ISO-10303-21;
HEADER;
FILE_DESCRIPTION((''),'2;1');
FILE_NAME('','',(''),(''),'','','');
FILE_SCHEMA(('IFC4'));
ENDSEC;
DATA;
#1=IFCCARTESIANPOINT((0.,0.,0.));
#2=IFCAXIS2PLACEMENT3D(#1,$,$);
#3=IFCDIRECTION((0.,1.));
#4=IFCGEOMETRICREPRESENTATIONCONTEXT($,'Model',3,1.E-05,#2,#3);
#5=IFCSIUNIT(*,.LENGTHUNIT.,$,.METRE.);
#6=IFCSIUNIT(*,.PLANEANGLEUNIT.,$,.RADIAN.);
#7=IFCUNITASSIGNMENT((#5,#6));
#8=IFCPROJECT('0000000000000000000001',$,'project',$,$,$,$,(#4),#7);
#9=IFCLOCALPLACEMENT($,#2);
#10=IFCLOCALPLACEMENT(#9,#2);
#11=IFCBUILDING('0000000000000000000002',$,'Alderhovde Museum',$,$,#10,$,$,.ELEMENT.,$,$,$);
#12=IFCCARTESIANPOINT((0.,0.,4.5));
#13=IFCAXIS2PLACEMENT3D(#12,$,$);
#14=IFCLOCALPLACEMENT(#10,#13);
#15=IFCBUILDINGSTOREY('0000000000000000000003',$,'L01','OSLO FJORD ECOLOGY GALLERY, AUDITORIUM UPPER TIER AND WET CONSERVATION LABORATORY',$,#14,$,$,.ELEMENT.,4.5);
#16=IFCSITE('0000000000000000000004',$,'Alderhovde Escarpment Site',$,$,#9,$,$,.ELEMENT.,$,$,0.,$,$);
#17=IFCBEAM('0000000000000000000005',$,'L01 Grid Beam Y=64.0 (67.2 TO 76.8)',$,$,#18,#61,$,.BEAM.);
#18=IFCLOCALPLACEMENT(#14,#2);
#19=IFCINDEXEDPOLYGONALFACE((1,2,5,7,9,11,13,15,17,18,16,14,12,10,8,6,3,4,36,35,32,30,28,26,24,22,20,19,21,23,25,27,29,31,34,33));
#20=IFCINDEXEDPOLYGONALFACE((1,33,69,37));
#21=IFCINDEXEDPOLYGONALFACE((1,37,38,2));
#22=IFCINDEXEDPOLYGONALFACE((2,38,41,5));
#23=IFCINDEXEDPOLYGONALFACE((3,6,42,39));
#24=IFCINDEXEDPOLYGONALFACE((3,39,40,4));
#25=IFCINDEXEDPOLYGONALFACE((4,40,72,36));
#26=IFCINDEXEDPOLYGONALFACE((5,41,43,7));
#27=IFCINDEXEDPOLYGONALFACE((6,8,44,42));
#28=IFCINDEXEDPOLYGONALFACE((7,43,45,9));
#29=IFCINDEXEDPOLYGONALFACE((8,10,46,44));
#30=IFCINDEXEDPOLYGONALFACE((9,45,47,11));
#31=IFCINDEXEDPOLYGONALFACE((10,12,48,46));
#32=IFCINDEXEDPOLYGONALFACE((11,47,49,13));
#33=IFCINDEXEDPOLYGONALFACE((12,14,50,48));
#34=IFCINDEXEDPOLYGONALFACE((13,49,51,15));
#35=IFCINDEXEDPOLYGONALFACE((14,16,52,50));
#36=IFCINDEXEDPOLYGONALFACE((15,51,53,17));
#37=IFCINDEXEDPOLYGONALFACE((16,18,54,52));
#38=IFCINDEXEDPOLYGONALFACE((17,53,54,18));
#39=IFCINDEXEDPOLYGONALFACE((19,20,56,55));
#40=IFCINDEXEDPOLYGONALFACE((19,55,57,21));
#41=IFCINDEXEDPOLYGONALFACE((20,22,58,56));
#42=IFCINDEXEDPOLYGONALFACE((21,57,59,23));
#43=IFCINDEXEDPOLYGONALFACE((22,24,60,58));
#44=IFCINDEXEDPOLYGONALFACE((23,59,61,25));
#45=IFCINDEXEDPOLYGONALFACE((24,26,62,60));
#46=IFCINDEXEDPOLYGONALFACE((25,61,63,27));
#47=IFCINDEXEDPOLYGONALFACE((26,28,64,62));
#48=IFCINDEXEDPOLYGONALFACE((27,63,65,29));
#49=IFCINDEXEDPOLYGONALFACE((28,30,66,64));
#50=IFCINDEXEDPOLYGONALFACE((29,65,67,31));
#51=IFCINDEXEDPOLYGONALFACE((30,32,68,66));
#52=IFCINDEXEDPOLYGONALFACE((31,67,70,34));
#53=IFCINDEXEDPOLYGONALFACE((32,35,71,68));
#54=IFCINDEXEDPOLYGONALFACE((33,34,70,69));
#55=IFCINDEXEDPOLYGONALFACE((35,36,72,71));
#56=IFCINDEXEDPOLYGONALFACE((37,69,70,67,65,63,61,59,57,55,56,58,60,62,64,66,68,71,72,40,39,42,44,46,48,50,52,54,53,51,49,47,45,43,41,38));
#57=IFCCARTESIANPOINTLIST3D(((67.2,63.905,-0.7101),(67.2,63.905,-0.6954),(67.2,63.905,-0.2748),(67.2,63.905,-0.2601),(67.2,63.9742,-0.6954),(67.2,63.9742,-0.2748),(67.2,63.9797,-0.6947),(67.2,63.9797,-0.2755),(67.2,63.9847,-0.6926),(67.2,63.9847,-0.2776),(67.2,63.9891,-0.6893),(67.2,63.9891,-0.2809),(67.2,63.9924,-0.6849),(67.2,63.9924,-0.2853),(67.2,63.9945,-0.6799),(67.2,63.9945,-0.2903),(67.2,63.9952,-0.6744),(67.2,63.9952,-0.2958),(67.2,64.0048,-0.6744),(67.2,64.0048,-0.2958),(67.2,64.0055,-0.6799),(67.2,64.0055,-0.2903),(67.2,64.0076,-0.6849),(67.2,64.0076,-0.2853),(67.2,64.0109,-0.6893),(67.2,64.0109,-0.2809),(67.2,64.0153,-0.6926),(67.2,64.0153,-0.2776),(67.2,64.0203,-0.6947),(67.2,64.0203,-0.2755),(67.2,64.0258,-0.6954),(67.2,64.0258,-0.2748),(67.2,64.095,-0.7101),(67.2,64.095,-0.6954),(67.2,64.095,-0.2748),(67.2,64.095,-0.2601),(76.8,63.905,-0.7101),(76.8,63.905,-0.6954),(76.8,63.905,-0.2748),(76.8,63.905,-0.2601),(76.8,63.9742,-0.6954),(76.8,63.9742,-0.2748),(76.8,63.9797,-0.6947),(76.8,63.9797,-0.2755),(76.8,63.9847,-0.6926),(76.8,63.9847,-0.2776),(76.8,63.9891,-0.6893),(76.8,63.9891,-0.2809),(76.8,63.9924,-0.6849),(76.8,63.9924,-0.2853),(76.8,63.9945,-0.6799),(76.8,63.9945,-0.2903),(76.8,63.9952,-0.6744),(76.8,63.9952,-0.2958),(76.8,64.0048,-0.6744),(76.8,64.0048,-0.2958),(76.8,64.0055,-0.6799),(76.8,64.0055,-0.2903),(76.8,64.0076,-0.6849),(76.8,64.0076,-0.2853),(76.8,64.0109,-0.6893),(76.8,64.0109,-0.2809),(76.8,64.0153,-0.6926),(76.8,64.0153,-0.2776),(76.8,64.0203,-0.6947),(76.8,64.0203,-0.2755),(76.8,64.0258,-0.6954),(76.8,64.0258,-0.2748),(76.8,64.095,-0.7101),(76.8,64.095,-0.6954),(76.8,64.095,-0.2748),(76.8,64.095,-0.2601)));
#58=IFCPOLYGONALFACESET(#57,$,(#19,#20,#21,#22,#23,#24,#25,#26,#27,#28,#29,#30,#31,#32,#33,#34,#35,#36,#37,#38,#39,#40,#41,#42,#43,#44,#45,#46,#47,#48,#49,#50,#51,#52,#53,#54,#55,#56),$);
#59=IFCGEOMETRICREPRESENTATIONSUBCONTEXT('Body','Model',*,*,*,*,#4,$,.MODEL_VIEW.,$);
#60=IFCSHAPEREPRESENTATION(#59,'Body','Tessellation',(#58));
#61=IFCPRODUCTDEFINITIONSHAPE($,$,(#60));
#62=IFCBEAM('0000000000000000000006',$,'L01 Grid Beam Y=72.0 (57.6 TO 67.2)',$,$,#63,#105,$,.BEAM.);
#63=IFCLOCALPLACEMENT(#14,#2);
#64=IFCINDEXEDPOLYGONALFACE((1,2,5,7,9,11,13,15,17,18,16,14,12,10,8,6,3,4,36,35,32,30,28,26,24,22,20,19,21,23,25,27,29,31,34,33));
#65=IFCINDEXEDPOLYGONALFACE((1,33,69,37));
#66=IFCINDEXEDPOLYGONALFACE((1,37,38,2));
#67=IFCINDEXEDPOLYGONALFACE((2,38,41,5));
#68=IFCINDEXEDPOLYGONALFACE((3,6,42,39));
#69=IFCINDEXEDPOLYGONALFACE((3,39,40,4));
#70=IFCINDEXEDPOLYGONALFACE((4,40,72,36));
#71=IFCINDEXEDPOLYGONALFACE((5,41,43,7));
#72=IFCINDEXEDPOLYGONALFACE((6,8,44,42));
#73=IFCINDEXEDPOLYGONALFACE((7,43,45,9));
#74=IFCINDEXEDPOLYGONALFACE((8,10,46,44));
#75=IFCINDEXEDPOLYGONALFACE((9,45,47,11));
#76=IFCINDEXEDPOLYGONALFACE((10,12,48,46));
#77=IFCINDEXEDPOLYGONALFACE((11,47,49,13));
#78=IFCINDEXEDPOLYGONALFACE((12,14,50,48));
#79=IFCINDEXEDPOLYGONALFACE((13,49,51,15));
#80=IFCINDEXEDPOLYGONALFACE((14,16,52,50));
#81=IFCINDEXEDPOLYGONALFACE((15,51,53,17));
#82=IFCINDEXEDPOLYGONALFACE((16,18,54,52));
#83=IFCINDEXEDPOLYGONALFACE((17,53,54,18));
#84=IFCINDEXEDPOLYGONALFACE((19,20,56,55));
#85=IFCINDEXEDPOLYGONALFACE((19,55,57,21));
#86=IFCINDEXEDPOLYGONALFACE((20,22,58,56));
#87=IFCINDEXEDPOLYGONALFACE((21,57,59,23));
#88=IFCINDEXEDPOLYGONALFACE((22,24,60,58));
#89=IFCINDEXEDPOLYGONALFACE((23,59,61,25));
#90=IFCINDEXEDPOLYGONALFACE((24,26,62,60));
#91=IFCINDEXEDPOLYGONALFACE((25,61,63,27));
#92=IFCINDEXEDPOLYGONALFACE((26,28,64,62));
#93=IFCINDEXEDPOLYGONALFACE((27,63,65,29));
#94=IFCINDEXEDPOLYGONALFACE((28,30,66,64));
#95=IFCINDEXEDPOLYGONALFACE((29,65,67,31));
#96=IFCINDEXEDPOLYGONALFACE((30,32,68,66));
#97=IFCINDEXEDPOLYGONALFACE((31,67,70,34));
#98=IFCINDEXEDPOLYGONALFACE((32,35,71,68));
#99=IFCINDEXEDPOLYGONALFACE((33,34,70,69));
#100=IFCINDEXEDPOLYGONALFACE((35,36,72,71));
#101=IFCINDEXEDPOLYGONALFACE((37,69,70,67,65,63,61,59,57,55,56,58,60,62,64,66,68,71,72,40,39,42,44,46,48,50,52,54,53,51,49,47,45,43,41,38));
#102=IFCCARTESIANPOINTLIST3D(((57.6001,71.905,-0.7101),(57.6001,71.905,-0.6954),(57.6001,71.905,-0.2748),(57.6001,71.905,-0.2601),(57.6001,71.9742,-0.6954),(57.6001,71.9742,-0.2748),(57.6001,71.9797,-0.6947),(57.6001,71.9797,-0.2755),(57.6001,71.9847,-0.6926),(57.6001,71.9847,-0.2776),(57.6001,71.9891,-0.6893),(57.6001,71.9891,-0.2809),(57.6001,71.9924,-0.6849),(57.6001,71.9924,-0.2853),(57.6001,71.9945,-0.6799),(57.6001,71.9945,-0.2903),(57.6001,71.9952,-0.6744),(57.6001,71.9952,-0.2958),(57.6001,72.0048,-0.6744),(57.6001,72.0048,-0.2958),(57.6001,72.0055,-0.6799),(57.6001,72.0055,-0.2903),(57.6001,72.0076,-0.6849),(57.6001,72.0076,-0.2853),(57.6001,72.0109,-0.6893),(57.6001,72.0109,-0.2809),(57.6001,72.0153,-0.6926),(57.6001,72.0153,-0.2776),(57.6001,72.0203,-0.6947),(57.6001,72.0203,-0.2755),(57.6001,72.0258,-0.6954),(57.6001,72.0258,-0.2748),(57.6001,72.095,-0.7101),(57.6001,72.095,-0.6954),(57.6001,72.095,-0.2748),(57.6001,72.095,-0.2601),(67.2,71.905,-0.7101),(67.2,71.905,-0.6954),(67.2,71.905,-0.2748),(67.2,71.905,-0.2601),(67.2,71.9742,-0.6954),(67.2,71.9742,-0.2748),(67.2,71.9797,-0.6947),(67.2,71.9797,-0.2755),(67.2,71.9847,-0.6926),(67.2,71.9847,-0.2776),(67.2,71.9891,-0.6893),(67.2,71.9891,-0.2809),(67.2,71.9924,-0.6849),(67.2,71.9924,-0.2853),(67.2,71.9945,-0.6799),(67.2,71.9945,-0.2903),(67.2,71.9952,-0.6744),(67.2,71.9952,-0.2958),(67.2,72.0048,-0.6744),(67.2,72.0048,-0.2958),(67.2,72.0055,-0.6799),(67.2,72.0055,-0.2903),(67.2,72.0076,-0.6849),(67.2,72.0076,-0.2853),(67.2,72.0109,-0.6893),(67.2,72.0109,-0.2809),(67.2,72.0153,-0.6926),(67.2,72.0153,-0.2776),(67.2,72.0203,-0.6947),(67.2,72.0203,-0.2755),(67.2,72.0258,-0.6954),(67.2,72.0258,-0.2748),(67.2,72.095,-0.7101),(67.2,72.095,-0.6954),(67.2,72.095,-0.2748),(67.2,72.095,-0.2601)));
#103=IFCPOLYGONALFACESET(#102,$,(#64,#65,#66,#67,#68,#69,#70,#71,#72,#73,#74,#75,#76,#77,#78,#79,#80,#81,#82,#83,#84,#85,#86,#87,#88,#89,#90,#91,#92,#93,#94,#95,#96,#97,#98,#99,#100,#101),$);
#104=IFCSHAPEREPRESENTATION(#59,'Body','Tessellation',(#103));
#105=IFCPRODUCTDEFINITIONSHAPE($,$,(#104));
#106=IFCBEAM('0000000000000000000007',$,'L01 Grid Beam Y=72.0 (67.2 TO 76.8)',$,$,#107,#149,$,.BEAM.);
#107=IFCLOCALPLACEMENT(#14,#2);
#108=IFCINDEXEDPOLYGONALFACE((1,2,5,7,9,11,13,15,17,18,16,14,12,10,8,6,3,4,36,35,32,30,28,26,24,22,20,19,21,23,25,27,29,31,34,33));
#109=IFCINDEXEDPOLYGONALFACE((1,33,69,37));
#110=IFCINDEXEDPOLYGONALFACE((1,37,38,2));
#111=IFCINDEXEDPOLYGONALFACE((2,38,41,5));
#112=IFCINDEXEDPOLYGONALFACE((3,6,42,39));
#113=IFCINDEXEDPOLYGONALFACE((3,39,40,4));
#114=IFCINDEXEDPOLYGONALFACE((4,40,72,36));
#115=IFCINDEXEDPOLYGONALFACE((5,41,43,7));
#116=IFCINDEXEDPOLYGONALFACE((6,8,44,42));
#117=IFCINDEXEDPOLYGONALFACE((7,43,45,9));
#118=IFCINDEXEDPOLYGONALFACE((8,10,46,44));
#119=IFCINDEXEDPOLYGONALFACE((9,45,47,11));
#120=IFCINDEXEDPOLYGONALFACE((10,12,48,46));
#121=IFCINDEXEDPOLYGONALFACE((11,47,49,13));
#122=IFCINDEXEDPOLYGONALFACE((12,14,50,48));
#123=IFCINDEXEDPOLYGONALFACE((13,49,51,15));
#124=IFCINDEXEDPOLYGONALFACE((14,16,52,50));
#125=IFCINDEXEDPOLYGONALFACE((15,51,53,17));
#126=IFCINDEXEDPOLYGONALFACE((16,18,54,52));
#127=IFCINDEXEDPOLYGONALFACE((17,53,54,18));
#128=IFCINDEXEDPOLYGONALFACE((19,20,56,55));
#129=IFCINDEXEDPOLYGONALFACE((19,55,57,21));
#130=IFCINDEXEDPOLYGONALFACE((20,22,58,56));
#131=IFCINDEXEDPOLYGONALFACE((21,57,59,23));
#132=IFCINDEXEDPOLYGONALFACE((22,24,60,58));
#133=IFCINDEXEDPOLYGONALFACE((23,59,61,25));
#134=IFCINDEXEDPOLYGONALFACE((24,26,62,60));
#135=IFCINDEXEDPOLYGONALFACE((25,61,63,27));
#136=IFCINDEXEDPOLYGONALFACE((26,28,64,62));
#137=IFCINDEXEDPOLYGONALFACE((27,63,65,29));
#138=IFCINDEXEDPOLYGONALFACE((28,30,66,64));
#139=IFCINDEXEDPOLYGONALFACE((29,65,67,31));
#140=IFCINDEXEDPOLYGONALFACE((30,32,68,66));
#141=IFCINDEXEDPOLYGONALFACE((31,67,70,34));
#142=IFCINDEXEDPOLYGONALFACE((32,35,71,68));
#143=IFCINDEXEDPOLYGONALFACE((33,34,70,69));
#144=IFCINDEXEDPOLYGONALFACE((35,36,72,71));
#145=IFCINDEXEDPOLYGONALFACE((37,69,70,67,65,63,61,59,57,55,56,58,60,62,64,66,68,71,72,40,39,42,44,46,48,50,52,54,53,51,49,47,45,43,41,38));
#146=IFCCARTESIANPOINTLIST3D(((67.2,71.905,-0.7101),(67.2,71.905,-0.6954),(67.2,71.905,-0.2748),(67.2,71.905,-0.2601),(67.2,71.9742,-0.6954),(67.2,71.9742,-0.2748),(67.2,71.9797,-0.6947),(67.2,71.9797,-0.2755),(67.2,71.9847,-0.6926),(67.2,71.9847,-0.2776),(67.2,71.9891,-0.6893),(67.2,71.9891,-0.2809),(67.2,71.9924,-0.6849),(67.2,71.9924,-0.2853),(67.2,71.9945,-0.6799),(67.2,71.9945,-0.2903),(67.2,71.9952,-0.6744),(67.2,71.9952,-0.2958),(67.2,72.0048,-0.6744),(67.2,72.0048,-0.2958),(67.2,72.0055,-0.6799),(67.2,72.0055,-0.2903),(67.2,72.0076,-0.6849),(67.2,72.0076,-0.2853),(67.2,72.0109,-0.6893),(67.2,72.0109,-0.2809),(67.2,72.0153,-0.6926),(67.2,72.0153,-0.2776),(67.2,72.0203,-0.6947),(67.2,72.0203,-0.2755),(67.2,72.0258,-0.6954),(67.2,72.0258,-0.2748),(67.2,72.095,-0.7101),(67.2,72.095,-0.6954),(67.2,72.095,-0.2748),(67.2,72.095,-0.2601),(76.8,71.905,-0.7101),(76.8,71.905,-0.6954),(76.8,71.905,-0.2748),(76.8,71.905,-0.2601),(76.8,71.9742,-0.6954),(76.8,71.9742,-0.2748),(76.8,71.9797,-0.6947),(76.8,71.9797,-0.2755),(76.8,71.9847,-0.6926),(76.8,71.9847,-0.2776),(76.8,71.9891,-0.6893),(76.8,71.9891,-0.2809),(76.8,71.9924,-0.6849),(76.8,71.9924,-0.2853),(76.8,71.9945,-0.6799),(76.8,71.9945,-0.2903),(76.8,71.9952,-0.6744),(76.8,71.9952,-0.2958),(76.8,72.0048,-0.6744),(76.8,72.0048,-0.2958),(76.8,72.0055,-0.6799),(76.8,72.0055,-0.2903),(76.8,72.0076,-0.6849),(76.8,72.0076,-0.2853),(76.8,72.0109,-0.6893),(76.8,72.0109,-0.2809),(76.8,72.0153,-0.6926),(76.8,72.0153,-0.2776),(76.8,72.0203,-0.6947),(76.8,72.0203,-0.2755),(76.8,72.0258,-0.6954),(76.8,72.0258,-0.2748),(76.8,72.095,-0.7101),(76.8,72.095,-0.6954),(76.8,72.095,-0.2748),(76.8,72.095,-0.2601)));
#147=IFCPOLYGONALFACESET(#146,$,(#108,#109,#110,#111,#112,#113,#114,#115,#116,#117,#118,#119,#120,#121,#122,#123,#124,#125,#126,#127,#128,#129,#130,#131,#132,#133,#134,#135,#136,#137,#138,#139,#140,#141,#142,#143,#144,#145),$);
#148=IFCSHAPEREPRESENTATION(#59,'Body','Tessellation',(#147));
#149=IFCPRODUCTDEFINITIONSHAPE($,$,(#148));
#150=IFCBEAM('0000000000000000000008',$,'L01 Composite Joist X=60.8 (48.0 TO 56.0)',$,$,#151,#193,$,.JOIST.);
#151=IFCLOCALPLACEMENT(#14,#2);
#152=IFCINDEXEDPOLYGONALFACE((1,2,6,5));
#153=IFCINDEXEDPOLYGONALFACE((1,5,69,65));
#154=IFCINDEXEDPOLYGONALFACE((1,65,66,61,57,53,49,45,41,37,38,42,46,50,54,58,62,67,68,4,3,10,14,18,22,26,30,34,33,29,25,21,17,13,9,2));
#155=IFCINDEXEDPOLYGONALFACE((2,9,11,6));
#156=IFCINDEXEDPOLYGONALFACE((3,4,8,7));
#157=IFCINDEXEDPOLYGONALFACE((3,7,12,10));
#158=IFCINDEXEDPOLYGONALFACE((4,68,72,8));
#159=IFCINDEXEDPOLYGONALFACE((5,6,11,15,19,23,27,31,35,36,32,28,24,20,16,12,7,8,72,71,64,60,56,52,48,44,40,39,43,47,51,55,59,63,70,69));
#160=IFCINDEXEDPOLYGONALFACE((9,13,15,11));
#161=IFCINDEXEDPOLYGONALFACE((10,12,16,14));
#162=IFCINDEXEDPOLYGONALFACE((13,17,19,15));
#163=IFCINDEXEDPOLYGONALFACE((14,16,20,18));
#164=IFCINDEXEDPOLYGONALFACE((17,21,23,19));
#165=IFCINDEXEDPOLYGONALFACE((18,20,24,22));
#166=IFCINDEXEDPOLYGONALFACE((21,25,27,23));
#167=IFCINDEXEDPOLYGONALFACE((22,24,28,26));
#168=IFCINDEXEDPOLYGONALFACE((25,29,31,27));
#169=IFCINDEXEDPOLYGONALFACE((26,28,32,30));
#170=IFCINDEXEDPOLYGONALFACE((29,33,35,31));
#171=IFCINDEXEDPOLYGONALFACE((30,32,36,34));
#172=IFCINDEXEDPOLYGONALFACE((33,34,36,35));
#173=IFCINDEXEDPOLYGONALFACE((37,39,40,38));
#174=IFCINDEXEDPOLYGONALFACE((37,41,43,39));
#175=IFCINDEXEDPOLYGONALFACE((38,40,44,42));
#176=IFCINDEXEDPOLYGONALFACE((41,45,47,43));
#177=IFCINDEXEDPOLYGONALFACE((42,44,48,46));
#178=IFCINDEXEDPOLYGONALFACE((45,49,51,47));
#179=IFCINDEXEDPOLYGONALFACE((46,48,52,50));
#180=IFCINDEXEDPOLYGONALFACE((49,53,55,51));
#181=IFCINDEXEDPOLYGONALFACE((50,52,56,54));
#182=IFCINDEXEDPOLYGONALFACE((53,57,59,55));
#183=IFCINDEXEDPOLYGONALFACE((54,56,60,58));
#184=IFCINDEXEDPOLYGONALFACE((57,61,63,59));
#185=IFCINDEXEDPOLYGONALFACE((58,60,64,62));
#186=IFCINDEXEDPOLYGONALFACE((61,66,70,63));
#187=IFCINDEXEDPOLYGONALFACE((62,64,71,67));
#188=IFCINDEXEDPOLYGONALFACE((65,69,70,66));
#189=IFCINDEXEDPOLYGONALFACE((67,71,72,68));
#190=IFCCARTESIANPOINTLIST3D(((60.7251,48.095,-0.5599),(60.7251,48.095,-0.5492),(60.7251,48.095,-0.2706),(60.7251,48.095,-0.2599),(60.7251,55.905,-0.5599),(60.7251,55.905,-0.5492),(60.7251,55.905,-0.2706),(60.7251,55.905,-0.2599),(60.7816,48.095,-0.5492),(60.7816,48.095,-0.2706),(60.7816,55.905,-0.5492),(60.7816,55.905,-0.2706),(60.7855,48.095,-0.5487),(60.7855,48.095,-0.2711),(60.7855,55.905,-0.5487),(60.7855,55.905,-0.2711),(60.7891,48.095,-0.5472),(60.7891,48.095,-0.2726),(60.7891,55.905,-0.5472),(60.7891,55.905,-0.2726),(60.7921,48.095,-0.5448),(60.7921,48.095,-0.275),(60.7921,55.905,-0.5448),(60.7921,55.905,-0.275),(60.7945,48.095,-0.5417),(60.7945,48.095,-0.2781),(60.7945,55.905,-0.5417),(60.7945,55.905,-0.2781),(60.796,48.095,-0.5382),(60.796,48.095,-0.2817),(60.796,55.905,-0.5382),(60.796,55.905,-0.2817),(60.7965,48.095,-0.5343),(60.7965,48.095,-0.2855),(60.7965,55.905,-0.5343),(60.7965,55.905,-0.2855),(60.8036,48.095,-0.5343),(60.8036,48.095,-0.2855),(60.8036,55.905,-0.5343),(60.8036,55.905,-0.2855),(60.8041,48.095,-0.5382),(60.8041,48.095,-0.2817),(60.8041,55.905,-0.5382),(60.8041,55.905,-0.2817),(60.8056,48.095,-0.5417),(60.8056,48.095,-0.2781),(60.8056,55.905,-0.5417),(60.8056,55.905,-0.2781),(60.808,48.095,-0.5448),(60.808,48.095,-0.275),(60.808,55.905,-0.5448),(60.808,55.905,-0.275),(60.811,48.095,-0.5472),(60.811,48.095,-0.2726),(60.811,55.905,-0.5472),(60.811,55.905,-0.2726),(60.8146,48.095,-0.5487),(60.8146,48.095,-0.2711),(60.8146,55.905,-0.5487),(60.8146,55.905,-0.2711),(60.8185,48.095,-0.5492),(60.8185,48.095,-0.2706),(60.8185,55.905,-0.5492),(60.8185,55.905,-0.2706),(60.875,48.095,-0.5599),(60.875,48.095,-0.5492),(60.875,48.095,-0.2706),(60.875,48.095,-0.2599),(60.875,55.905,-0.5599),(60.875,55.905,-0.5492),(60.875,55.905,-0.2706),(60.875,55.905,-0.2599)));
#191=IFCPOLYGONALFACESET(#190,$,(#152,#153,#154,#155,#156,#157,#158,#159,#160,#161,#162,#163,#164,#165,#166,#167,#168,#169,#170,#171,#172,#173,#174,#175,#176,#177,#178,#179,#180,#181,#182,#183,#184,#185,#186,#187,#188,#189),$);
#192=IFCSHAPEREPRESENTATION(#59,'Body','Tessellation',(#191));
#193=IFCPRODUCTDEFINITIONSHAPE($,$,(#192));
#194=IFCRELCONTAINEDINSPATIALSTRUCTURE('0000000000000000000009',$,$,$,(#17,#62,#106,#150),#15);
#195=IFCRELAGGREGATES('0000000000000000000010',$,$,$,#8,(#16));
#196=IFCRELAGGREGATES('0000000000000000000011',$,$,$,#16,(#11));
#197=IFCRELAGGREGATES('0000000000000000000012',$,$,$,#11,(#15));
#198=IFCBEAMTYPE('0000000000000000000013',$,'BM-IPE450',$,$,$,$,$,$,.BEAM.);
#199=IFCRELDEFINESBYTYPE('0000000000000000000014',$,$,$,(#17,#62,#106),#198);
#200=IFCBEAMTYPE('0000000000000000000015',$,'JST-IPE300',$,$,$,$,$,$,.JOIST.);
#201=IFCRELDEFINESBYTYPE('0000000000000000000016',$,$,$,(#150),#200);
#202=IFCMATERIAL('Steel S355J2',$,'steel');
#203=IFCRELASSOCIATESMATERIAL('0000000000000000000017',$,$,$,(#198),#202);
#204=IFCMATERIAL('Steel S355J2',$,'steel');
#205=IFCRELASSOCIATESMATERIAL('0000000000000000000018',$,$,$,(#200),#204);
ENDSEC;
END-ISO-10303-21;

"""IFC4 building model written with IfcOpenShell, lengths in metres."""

from ifc_helpers import new_model, si_unit, direction, frame, origin, origin_2d, place, context, subcontext, project, spatial, i_section, extrude, material, material_profile, profile_set, type_object, element, save


model = new_model("IFC4")

# Units and contexts
model_context = context("Model", 3, precision=1e-05, world=origin(), true_north=direction((0.0, 1.0)))
body_context = subcontext(model_context, "Body", "Model", "MODEL_VIEW")
ifc_project = project(units=[si_unit("LENGTHUNIT", "METRE"), si_unit("PLANEANGLEUNIT", "RADIAN")], contexts=[model_context])

# Site, building, storey
site_placement = place(None, origin())
site = spatial("IfcSite", under=ifc_project, at=site_placement, Name="Alderhovde Escarpment Site", CompositionType="ELEMENT", RefElevation=0.0)
building_placement = place(site_placement, origin())
building = spatial("IfcBuilding", under=site, at=building_placement, Name="Alderhovde Museum", CompositionType="ELEMENT")
storey_placement = place(building_placement, frame((0.0, 0.0, 4.5)))
storey = spatial("IfcBuildingStorey", under=building, at=storey_placement, Name="L01", Description="OSLO FJORD ECOLOGY GALLERY, AUDITORIUM UPPER TIER AND WET CONSERVATION LABORATORY", CompositionType="ELEMENT", Elevation=4.5)

# Beams
ifc_material_1 = material(Name="Steel S355J2", Category="steel")
ifc_material_profile_1 = material_profile(ifc_material_1, i_section(OverallWidth=0.1899, OverallDepth=0.45, WebThickness=0.0095, FlangeThickness=0.0146, FilletRadius=0.021, at=origin_2d()), Name="IPE 450")
ifc_profile_set_1 = profile_set([ifc_material_profile_1], Name="Steel S355J2")
beam_type_1 = type_object("IfcBeamType", Name="BM-IPE450", PredefinedType="BEAM", material=ifc_profile_set_1)
for number, where, z_axis, x_axis, name in (
    (1, (67.2, 64.0, -0.4851), (1.0, 0.0, 0.0), (0.0, 1.0, 0.0), "L01 Grid Beam Y=64.0 (67.2 TO 76.8)"),
):
    element("IfcBeam", number, at=place(storey_placement, frame(where, z_axis=z_axis, x_axis=x_axis)), inside=storey, type_object=beam_type_1, Name=name, PredefinedType="BEAM", context=body_context, shape_type="SweptSolid", body=[
        extrude(i_section(OverallWidth=0.1899, OverallDepth=0.45, WebThickness=0.0095, FlangeThickness=0.0146, FilletRadius=0.021, at=origin_2d()), origin(), (0.0, 0.0, 1.0), 9.6001),
    ])
beam_1_placement = place(storey_placement, frame((57.6001, 72.0, -0.4851), z_axis=(1.0, 0.0, 0.0), x_axis=(0.0, 1.0, 0.0)))
element("IfcBeam", 2, at=beam_1_placement, inside=storey, type_object=beam_type_1, Name="L01 Grid Beam Y=72.0 (57.6 TO 67.2)", PredefinedType="BEAM", context=body_context, shape_type="SweptSolid", body=[
    extrude(i_section(OverallWidth=0.1899, OverallDepth=0.45, WebThickness=0.0095, FlangeThickness=0.0146, FilletRadius=0.021, at=origin_2d()), origin(), (0.0, 0.0, 1.0), 9.5999),
])
beam_2_placement = place(storey_placement, frame((67.2, 72.0, -0.4851), z_axis=(1.0, 0.0, 0.0), x_axis=(0.0, 1.0, 0.0)))
element("IfcBeam", 3, at=beam_2_placement, inside=storey, type_object=beam_type_1, Name="L01 Grid Beam Y=72.0 (67.2 TO 76.8)", PredefinedType="BEAM", context=body_context, shape_type="SweptSolid", body=[
    extrude(i_section(OverallWidth=0.1899, OverallDepth=0.45, WebThickness=0.0095, FlangeThickness=0.0146, FilletRadius=0.021, at=origin_2d()), origin(), (0.0, 0.0, 1.0), 9.6001),
])
ifc_material_2 = material(Name="Steel S355J2", Category="steel")
ifc_material_profile_2 = material_profile(ifc_material_2, i_section(OverallWidth=0.1499, OverallDepth=0.3, WebThickness=0.0071, FlangeThickness=0.0107, FilletRadius=0.0149, at=origin_2d()), Name="IPE 300")
ifc_profile_set_2 = profile_set([ifc_material_profile_2], Name="Steel S355J2")
beam_type_2 = type_object("IfcBeamType", Name="JST-IPE300", PredefinedType="JOIST", material=ifc_profile_set_2)
for number, where, z_axis, x_axis, name in (
    (4, (60.8, 48.095, -0.4099), (0.0, 1.0, 0.0), (-1.0, 0.0, 0.0), "L01 Composite Joist X=60.8 (48.0 TO 56.0)"),
):
    element("IfcBeam", number, at=place(storey_placement, frame(where, z_axis=z_axis, x_axis=x_axis)), inside=storey, type_object=beam_type_2, Name=name, PredefinedType="JOIST", context=body_context, shape_type="SweptSolid", body=[
        extrude(i_section(OverallWidth=0.1499, OverallDepth=0.3, WebThickness=0.0071, FlangeThickness=0.0107, FilletRadius=0.0149, at=origin_2d()), origin(), (0.0, 0.0, 1.0), 7.8101),
    ])

save(model, "model.ifc")
